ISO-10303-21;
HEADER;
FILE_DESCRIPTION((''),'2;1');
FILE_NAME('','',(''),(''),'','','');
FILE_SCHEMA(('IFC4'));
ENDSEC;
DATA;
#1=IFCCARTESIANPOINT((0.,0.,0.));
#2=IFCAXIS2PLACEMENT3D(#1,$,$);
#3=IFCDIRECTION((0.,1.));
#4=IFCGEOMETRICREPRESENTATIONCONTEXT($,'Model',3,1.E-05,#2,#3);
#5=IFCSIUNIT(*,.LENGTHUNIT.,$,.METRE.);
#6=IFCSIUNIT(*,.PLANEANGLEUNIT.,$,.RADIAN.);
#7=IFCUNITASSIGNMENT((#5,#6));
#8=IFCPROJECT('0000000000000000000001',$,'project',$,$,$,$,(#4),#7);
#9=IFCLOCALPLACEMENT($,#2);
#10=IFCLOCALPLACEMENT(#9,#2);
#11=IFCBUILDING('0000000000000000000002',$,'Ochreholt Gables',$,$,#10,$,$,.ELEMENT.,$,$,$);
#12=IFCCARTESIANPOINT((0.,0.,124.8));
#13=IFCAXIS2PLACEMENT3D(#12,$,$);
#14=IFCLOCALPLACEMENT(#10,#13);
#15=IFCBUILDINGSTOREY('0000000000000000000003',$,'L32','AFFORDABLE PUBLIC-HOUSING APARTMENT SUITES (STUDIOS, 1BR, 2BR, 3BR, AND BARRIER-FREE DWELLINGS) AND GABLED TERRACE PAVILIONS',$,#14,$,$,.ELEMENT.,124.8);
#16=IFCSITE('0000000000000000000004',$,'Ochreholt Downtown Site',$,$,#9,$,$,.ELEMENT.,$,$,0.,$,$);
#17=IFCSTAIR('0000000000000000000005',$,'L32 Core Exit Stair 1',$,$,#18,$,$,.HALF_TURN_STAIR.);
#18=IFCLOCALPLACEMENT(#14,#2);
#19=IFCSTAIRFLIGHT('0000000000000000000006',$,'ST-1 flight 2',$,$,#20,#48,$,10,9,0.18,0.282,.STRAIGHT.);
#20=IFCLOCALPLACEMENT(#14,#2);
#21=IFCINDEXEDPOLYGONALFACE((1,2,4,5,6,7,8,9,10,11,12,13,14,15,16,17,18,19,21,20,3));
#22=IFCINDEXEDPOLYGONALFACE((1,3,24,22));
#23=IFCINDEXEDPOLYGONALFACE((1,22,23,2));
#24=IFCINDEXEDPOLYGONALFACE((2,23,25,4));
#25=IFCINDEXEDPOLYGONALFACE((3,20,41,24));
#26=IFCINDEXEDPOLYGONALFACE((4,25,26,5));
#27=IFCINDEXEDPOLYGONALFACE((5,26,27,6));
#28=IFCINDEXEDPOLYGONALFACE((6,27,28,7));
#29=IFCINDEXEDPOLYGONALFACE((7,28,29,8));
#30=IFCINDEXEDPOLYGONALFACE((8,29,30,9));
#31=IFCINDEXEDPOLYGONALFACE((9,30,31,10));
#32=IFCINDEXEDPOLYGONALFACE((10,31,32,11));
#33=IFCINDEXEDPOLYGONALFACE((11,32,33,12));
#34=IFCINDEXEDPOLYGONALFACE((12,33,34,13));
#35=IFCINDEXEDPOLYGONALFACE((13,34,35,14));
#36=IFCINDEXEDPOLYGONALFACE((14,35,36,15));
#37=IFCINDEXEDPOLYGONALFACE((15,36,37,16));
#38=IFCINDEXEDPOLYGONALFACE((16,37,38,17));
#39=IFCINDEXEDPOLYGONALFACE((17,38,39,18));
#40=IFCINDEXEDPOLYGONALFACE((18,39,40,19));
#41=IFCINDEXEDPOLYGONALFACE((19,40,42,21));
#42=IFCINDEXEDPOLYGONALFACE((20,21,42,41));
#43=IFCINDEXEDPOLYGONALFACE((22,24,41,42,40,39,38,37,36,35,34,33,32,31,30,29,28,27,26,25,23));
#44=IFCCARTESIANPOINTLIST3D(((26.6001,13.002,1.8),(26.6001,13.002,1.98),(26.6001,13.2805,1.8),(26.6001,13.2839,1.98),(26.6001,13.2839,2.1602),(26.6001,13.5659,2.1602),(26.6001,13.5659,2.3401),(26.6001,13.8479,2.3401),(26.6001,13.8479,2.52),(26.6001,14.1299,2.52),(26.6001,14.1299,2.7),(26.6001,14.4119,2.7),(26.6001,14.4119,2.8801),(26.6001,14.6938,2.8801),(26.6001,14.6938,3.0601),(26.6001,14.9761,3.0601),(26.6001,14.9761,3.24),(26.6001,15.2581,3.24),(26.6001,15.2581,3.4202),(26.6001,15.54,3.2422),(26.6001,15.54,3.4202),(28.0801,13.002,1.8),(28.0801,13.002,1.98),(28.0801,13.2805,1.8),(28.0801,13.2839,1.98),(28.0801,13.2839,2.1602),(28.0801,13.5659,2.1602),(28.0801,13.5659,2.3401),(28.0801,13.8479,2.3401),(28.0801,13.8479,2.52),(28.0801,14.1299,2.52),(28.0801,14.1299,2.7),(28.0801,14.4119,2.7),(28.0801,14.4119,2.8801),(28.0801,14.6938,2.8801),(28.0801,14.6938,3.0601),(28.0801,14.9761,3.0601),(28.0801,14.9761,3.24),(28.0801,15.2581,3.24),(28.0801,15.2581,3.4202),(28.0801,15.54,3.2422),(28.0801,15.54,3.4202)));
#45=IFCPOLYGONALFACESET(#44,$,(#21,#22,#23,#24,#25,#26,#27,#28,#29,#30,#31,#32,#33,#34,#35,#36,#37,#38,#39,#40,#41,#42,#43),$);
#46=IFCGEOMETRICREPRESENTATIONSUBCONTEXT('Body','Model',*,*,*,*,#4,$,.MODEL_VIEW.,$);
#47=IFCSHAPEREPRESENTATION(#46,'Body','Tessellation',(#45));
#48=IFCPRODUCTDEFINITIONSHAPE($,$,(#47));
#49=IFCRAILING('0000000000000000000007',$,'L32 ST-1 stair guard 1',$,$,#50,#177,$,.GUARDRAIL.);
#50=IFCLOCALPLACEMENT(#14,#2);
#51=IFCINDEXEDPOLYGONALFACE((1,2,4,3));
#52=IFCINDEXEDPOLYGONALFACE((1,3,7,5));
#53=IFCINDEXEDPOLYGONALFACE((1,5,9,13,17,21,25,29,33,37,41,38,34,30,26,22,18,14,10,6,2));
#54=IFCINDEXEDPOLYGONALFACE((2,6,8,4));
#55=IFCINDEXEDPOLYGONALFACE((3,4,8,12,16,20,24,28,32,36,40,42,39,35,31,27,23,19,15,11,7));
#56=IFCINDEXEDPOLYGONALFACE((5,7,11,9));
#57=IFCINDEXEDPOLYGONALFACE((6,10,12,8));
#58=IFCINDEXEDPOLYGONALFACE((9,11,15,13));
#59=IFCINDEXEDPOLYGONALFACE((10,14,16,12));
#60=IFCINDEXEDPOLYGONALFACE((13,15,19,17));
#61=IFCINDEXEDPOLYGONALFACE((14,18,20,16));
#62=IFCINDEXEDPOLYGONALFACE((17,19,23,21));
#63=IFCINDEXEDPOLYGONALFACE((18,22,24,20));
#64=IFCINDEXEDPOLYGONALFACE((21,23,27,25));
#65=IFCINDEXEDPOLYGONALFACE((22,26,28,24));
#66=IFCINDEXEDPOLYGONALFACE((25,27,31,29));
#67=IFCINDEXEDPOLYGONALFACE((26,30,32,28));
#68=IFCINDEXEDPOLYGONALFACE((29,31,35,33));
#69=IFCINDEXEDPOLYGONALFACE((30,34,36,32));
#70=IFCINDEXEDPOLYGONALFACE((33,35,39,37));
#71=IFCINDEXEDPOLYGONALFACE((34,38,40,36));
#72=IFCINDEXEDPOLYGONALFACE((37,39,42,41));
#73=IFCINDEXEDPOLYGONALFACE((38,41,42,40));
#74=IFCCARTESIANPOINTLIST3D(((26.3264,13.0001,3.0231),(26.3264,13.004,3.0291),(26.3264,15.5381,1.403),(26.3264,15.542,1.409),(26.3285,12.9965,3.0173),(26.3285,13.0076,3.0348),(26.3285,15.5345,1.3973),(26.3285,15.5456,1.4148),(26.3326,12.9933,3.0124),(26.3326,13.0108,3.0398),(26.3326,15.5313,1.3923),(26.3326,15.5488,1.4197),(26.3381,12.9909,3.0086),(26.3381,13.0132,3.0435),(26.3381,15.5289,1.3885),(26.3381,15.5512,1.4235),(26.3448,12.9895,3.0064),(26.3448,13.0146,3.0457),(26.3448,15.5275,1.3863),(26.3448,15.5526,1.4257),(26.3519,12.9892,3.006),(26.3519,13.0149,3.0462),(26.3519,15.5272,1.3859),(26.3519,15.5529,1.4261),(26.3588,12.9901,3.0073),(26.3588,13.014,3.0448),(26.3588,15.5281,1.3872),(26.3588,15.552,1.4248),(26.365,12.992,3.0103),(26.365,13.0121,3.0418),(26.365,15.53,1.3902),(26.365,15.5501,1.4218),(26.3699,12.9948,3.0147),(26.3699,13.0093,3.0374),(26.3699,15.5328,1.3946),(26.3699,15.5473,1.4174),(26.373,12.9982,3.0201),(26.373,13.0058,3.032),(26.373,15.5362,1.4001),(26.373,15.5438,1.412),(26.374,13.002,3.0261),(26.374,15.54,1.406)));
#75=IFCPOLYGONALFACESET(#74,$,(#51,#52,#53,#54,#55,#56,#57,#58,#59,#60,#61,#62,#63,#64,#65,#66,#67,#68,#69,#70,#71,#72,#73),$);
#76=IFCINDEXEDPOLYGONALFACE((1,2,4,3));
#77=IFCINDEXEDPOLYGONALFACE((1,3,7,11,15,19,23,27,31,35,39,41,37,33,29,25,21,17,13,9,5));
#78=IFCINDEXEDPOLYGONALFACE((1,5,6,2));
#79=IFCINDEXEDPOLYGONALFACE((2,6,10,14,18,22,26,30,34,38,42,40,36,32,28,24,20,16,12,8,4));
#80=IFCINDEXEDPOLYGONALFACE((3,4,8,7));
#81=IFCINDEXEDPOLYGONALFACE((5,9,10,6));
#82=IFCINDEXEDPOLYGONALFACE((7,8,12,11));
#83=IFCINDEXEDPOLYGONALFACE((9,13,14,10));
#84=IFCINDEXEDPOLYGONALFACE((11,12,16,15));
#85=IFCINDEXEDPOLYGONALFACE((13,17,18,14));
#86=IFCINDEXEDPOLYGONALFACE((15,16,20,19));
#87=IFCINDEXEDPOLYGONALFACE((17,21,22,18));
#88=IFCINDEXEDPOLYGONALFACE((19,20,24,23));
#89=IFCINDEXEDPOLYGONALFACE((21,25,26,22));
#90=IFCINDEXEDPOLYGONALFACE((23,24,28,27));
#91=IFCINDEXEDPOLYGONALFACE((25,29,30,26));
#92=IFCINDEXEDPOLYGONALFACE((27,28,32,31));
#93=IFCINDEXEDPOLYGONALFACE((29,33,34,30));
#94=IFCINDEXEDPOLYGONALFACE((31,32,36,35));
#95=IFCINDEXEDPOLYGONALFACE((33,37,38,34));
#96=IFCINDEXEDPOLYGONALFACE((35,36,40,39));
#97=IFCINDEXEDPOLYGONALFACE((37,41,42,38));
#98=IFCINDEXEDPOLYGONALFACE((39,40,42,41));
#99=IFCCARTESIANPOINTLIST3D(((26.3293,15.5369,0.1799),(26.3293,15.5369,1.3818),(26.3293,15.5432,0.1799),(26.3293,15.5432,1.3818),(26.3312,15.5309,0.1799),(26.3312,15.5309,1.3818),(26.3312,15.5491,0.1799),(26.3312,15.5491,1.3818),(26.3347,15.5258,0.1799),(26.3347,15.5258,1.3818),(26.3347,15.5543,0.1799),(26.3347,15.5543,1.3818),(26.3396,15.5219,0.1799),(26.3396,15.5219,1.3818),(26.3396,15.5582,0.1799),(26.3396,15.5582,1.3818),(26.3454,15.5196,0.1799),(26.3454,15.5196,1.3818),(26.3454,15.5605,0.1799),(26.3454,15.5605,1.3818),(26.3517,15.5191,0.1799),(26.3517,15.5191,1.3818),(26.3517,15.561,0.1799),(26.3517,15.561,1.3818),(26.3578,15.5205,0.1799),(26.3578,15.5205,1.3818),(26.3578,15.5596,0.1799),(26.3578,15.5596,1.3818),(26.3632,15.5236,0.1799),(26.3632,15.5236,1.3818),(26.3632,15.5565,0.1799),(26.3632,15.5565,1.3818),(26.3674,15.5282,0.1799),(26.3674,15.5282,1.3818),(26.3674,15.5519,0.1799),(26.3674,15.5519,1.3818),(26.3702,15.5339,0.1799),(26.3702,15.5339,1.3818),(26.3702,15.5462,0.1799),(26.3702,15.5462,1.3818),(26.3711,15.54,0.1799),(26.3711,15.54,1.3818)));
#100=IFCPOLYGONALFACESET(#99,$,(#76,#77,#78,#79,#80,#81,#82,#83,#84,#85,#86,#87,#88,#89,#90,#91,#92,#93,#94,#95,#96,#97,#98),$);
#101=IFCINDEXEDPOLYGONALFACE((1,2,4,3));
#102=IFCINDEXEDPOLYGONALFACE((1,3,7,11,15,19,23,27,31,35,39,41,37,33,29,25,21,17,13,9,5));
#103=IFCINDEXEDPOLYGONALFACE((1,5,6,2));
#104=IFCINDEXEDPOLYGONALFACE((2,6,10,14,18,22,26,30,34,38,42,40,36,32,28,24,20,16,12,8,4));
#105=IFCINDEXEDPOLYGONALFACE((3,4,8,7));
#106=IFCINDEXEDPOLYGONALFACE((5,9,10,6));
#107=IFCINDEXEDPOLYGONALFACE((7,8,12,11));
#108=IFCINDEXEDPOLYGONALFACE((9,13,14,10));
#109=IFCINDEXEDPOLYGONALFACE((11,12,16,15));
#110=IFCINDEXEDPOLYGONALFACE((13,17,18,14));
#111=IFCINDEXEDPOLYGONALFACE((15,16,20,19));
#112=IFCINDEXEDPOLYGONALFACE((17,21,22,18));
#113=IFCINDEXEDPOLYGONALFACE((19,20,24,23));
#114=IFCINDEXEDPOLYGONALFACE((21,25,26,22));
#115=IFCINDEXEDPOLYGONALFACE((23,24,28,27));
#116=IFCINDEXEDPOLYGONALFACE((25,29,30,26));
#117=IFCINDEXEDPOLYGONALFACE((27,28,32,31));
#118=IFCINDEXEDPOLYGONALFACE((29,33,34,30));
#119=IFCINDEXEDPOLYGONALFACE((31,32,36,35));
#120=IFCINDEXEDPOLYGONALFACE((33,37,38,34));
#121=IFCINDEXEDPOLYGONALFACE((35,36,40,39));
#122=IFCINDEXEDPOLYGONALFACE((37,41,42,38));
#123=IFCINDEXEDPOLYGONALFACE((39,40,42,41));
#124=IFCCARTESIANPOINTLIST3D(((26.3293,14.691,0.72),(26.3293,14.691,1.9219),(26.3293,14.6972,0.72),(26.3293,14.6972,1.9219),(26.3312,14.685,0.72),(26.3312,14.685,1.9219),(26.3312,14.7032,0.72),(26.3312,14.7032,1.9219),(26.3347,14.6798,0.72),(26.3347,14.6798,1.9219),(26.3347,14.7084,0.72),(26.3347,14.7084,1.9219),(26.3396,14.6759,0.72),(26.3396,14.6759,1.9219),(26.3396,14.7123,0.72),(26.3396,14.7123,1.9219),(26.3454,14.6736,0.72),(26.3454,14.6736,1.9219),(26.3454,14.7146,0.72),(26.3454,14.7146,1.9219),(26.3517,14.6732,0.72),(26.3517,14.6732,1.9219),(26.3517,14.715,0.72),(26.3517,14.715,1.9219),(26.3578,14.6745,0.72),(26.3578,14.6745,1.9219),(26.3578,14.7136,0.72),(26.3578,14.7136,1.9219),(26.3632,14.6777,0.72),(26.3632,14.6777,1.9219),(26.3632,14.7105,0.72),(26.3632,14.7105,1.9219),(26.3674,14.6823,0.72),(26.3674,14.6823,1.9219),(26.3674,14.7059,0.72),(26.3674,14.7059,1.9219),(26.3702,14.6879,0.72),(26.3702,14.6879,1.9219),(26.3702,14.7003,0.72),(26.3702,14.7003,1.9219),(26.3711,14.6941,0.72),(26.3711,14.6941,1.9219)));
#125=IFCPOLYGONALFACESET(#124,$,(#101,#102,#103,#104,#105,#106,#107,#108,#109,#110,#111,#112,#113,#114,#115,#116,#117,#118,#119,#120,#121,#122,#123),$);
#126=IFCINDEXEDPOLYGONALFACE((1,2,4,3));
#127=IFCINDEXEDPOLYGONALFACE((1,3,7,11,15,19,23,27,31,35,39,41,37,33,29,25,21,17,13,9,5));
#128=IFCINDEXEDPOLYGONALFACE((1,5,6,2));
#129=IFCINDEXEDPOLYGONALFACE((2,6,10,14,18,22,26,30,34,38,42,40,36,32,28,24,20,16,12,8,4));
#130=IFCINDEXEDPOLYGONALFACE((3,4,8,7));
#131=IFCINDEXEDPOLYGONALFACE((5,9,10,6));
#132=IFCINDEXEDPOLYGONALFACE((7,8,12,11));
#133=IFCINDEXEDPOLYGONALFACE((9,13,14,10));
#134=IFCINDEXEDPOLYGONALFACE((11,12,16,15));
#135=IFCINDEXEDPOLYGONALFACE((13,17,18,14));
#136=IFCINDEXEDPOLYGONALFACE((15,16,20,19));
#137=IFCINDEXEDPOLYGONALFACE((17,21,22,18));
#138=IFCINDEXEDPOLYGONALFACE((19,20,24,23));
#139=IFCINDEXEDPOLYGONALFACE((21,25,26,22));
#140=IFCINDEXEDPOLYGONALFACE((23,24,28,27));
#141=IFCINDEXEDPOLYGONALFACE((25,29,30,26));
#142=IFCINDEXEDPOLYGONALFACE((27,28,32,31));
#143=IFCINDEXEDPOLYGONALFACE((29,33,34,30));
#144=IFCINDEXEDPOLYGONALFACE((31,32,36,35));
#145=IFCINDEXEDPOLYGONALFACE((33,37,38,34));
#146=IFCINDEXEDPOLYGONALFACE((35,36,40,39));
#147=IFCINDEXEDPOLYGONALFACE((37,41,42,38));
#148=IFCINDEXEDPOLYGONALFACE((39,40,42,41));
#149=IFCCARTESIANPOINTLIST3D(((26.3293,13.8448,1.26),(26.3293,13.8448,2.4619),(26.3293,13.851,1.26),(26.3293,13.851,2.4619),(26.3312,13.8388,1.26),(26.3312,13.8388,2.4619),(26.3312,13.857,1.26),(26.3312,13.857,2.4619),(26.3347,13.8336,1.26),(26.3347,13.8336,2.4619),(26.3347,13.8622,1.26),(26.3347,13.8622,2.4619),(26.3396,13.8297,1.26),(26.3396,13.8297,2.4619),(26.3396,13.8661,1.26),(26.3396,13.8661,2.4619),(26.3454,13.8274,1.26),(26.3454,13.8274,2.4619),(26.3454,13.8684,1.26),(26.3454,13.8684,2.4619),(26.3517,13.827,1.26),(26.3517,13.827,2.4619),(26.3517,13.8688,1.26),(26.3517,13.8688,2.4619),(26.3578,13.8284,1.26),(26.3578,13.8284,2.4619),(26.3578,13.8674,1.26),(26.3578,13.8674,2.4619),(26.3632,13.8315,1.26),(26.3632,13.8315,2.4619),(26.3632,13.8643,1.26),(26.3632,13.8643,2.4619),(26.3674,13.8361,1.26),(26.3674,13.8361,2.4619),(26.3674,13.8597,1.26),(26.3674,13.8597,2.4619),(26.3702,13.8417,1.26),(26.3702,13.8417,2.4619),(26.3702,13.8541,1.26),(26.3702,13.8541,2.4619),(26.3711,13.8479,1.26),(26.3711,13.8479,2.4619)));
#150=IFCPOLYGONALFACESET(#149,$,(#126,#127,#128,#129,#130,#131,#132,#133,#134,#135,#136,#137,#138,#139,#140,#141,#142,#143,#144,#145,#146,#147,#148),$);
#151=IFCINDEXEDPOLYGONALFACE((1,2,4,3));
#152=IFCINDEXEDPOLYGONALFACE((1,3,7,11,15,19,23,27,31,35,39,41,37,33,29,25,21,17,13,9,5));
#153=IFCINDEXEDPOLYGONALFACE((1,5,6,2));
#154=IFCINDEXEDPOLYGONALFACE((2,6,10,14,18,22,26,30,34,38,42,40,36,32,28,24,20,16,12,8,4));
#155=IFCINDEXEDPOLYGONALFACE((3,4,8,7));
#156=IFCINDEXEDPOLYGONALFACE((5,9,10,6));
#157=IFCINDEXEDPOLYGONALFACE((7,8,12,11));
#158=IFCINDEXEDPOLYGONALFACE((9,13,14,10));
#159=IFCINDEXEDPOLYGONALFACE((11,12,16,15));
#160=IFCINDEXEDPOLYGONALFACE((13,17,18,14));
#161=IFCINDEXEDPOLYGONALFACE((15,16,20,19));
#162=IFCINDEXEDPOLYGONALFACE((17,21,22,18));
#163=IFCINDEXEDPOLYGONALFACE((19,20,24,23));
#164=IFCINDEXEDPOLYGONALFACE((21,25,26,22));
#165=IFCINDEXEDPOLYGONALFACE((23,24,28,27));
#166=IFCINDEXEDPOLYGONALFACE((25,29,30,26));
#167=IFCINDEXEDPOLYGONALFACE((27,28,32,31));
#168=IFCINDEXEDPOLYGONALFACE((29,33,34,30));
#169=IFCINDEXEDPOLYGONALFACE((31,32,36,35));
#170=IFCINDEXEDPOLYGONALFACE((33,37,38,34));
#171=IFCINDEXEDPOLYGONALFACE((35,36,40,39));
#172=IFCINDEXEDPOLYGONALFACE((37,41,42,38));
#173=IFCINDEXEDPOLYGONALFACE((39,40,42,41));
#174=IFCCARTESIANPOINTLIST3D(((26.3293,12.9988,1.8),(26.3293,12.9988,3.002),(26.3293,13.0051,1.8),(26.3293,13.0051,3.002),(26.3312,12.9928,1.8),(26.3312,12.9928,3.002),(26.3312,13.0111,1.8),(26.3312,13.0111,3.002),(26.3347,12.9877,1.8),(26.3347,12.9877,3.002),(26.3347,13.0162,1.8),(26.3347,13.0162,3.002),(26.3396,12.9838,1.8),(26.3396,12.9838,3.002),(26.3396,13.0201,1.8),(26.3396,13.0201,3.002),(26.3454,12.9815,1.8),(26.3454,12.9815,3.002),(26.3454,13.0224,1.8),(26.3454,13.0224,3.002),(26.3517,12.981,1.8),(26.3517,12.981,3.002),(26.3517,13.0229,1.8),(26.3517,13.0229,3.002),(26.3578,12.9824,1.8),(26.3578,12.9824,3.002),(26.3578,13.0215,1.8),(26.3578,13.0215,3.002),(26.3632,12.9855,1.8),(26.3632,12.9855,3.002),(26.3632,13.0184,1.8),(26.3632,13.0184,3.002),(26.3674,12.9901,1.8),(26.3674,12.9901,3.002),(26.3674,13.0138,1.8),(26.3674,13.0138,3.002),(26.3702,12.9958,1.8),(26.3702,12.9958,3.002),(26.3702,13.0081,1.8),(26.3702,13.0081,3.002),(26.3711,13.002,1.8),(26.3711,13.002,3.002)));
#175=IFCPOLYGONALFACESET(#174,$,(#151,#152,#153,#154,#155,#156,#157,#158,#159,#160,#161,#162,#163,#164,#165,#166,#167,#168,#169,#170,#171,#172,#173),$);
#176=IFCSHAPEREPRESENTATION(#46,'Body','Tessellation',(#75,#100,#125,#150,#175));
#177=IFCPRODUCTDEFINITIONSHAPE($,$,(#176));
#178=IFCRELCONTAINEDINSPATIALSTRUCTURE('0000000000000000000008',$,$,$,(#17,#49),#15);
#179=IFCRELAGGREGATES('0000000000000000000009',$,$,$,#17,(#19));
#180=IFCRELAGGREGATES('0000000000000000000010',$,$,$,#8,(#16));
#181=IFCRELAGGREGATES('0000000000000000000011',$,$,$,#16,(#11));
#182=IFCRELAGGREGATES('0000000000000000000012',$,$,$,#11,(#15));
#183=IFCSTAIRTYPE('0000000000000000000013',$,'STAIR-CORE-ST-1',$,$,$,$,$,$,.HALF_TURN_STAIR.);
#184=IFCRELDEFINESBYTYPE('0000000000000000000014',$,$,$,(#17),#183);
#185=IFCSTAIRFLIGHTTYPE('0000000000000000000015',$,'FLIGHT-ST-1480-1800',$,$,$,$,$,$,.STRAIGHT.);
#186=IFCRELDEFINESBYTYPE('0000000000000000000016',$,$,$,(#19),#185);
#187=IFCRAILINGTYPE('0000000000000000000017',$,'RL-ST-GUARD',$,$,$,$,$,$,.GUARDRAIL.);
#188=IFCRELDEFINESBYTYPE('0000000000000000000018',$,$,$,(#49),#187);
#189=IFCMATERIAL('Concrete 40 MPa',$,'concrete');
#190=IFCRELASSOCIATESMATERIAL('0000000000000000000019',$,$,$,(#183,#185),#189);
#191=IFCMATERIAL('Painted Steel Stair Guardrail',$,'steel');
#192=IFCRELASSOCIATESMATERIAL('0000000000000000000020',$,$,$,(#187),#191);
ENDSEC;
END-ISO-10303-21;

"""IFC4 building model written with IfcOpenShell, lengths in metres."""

from ifc_helpers import new_model, si_unit, direction, frame, origin, origin_2d, place, context, subcontext, project, spatial, polyline, circle, outline, extrude, material, type_object, element, aggregate, save


model = new_model("IFC4")

# Units and contexts
model_context = context("Model", 3, precision=1e-05, world=origin(), true_north=direction((0.0, 1.0)))
body_context = subcontext(model_context, "Body", "Model", "MODEL_VIEW")
ifc_project = project(units=[si_unit("LENGTHUNIT", "METRE"), si_unit("PLANEANGLEUNIT", "RADIAN")], contexts=[model_context])

# Site, building, storey
site_placement = place(None, origin())
site = spatial("IfcSite", under=ifc_project, at=site_placement, Name="Ochreholt Downtown Site", CompositionType="ELEMENT", RefElevation=0.0)
building_placement = place(site_placement, origin())
building = spatial("IfcBuilding", under=site, at=building_placement, Name="Ochreholt Gables", CompositionType="ELEMENT")
storey_placement = place(building_placement, frame((0.0, 0.0, 124.8)))
storey = spatial("IfcBuildingStorey", under=building, at=storey_placement, Name="L32", Description="AFFORDABLE PUBLIC-HOUSING APARTMENT SUITES (STUDIOS, 1BR, 2BR, 3BR, AND BARRIER-FREE DWELLINGS) AND GABLED TERRACE PAVILIONS", CompositionType="ELEMENT", Elevation=124.8)

# Stair, stair flight
ifc_material_1 = material(Name="Concrete 40 MPa", Category="concrete")
stair_type = type_object("IfcStairType", Name="STAIR-CORE-ST-1", PredefinedType="HALF_TURN_STAIR", material=ifc_material_1)
stair_placement = place(storey_placement, origin())
stair = element("IfcStair", 1, at=stair_placement, inside=storey, type_object=stair_type, Name="L32 Core Exit Stair 1", PredefinedType="HALF_TURN_STAIR")
stair_flight_type = type_object("IfcStairFlightType", Name="FLIGHT-ST-1480-1800", PredefinedType="STRAIGHT", material=ifc_material_1)
stair_flight_1_placement = place(storey_placement, frame((27.3401, 13.002, 1.8), z_axis=(0.0, 0.0, 1.0), x_axis=(0.0, 1.0, 0.0)))
stair_flight_1 = element("IfcStairFlight", 2, at=stair_flight_1_placement, type_object=stair_flight_type, Name="ST-1 flight 2", NumberOfRisers=10, NumberOfTreads=9, PredefinedType="STRAIGHT", RiserHeight=0.18, TreadLength=0.282, context=body_context, shape_type="SweptSolid", body=[
    extrude(outline(polyline([(0.0, 0.0), (0.0, 0.1799), (0.282, 0.1799), (0.282, 0.3601), (0.564, 0.3601), (0.564, 0.54), (0.8459, 0.54), (0.8459, 0.72), (1.1279, 0.72), (1.1279, 0.8999), (1.4099, 0.8999), (1.4099, 1.0801), (1.6919, 1.0801), (1.6919, 1.26), (1.9741, 1.26), (1.9741, 1.4399), (2.2561, 1.4399), (2.2561, 1.6201), (2.5381, 1.6201), (2.5381, 1.8), (2.5381, 1.4421), (0.2786, 0.0), (0.0, 0.0)])), frame((0.0, 0.74, 0.0), z_axis=(0.0, -1.0, 0.0), x_axis=(1.0, 0.0, 0.0)), (0.0, 0.0, 1.0), 1.48),
])
aggregate(stair, [stair_flight_1])

# Railing
ifc_material_2 = material(Name="Painted Steel Stair Guardrail", Category="steel")
railing_type_1 = type_object("IfcRailingType", Name="RL-ST-GUARD", PredefinedType="GUARDRAIL", material=ifc_material_2)
railing_1_placement = place(storey_placement, frame((26.3501, 15.54, 0.1799)))
element("IfcRailing", 3, at=railing_1_placement, inside=storey, type_object=railing_type_1, Name="L32 ST-1 stair guard 1", PredefinedType="GUARDRAIL", context=body_context, shape_type="SweptSolid", body=[
    extrude(circle(Radius=0.0239, at=origin_2d()), frame((0.0, 0.0, 1.2261), z_axis=(0.0, -0.842913, 0.53805), x_axis=(1.0, 0.0, 0.0)), (0.0, 0.0, 1.0), 3.011),
    extrude(circle(Radius=0.021, at=origin_2d()), origin(), (0.0, 0.0, 1.0), 1.2019),
    extrude(circle(Radius=0.021, at=origin_2d()), frame((0.0, -0.8459, 0.54)), (0.0, 0.0, 1.0), 1.2019),
    extrude(circle(Radius=0.021, at=origin_2d()), frame((0.0, -1.6921, 1.0801)), (0.0, 0.0, 1.0), 1.2019),
    extrude(circle(Radius=0.021, at=origin_2d()), frame((0.0, -2.5381, 1.6201)), (0.0, 0.0, 1.0), 1.2019),
])

save(model, "model.ifc")
